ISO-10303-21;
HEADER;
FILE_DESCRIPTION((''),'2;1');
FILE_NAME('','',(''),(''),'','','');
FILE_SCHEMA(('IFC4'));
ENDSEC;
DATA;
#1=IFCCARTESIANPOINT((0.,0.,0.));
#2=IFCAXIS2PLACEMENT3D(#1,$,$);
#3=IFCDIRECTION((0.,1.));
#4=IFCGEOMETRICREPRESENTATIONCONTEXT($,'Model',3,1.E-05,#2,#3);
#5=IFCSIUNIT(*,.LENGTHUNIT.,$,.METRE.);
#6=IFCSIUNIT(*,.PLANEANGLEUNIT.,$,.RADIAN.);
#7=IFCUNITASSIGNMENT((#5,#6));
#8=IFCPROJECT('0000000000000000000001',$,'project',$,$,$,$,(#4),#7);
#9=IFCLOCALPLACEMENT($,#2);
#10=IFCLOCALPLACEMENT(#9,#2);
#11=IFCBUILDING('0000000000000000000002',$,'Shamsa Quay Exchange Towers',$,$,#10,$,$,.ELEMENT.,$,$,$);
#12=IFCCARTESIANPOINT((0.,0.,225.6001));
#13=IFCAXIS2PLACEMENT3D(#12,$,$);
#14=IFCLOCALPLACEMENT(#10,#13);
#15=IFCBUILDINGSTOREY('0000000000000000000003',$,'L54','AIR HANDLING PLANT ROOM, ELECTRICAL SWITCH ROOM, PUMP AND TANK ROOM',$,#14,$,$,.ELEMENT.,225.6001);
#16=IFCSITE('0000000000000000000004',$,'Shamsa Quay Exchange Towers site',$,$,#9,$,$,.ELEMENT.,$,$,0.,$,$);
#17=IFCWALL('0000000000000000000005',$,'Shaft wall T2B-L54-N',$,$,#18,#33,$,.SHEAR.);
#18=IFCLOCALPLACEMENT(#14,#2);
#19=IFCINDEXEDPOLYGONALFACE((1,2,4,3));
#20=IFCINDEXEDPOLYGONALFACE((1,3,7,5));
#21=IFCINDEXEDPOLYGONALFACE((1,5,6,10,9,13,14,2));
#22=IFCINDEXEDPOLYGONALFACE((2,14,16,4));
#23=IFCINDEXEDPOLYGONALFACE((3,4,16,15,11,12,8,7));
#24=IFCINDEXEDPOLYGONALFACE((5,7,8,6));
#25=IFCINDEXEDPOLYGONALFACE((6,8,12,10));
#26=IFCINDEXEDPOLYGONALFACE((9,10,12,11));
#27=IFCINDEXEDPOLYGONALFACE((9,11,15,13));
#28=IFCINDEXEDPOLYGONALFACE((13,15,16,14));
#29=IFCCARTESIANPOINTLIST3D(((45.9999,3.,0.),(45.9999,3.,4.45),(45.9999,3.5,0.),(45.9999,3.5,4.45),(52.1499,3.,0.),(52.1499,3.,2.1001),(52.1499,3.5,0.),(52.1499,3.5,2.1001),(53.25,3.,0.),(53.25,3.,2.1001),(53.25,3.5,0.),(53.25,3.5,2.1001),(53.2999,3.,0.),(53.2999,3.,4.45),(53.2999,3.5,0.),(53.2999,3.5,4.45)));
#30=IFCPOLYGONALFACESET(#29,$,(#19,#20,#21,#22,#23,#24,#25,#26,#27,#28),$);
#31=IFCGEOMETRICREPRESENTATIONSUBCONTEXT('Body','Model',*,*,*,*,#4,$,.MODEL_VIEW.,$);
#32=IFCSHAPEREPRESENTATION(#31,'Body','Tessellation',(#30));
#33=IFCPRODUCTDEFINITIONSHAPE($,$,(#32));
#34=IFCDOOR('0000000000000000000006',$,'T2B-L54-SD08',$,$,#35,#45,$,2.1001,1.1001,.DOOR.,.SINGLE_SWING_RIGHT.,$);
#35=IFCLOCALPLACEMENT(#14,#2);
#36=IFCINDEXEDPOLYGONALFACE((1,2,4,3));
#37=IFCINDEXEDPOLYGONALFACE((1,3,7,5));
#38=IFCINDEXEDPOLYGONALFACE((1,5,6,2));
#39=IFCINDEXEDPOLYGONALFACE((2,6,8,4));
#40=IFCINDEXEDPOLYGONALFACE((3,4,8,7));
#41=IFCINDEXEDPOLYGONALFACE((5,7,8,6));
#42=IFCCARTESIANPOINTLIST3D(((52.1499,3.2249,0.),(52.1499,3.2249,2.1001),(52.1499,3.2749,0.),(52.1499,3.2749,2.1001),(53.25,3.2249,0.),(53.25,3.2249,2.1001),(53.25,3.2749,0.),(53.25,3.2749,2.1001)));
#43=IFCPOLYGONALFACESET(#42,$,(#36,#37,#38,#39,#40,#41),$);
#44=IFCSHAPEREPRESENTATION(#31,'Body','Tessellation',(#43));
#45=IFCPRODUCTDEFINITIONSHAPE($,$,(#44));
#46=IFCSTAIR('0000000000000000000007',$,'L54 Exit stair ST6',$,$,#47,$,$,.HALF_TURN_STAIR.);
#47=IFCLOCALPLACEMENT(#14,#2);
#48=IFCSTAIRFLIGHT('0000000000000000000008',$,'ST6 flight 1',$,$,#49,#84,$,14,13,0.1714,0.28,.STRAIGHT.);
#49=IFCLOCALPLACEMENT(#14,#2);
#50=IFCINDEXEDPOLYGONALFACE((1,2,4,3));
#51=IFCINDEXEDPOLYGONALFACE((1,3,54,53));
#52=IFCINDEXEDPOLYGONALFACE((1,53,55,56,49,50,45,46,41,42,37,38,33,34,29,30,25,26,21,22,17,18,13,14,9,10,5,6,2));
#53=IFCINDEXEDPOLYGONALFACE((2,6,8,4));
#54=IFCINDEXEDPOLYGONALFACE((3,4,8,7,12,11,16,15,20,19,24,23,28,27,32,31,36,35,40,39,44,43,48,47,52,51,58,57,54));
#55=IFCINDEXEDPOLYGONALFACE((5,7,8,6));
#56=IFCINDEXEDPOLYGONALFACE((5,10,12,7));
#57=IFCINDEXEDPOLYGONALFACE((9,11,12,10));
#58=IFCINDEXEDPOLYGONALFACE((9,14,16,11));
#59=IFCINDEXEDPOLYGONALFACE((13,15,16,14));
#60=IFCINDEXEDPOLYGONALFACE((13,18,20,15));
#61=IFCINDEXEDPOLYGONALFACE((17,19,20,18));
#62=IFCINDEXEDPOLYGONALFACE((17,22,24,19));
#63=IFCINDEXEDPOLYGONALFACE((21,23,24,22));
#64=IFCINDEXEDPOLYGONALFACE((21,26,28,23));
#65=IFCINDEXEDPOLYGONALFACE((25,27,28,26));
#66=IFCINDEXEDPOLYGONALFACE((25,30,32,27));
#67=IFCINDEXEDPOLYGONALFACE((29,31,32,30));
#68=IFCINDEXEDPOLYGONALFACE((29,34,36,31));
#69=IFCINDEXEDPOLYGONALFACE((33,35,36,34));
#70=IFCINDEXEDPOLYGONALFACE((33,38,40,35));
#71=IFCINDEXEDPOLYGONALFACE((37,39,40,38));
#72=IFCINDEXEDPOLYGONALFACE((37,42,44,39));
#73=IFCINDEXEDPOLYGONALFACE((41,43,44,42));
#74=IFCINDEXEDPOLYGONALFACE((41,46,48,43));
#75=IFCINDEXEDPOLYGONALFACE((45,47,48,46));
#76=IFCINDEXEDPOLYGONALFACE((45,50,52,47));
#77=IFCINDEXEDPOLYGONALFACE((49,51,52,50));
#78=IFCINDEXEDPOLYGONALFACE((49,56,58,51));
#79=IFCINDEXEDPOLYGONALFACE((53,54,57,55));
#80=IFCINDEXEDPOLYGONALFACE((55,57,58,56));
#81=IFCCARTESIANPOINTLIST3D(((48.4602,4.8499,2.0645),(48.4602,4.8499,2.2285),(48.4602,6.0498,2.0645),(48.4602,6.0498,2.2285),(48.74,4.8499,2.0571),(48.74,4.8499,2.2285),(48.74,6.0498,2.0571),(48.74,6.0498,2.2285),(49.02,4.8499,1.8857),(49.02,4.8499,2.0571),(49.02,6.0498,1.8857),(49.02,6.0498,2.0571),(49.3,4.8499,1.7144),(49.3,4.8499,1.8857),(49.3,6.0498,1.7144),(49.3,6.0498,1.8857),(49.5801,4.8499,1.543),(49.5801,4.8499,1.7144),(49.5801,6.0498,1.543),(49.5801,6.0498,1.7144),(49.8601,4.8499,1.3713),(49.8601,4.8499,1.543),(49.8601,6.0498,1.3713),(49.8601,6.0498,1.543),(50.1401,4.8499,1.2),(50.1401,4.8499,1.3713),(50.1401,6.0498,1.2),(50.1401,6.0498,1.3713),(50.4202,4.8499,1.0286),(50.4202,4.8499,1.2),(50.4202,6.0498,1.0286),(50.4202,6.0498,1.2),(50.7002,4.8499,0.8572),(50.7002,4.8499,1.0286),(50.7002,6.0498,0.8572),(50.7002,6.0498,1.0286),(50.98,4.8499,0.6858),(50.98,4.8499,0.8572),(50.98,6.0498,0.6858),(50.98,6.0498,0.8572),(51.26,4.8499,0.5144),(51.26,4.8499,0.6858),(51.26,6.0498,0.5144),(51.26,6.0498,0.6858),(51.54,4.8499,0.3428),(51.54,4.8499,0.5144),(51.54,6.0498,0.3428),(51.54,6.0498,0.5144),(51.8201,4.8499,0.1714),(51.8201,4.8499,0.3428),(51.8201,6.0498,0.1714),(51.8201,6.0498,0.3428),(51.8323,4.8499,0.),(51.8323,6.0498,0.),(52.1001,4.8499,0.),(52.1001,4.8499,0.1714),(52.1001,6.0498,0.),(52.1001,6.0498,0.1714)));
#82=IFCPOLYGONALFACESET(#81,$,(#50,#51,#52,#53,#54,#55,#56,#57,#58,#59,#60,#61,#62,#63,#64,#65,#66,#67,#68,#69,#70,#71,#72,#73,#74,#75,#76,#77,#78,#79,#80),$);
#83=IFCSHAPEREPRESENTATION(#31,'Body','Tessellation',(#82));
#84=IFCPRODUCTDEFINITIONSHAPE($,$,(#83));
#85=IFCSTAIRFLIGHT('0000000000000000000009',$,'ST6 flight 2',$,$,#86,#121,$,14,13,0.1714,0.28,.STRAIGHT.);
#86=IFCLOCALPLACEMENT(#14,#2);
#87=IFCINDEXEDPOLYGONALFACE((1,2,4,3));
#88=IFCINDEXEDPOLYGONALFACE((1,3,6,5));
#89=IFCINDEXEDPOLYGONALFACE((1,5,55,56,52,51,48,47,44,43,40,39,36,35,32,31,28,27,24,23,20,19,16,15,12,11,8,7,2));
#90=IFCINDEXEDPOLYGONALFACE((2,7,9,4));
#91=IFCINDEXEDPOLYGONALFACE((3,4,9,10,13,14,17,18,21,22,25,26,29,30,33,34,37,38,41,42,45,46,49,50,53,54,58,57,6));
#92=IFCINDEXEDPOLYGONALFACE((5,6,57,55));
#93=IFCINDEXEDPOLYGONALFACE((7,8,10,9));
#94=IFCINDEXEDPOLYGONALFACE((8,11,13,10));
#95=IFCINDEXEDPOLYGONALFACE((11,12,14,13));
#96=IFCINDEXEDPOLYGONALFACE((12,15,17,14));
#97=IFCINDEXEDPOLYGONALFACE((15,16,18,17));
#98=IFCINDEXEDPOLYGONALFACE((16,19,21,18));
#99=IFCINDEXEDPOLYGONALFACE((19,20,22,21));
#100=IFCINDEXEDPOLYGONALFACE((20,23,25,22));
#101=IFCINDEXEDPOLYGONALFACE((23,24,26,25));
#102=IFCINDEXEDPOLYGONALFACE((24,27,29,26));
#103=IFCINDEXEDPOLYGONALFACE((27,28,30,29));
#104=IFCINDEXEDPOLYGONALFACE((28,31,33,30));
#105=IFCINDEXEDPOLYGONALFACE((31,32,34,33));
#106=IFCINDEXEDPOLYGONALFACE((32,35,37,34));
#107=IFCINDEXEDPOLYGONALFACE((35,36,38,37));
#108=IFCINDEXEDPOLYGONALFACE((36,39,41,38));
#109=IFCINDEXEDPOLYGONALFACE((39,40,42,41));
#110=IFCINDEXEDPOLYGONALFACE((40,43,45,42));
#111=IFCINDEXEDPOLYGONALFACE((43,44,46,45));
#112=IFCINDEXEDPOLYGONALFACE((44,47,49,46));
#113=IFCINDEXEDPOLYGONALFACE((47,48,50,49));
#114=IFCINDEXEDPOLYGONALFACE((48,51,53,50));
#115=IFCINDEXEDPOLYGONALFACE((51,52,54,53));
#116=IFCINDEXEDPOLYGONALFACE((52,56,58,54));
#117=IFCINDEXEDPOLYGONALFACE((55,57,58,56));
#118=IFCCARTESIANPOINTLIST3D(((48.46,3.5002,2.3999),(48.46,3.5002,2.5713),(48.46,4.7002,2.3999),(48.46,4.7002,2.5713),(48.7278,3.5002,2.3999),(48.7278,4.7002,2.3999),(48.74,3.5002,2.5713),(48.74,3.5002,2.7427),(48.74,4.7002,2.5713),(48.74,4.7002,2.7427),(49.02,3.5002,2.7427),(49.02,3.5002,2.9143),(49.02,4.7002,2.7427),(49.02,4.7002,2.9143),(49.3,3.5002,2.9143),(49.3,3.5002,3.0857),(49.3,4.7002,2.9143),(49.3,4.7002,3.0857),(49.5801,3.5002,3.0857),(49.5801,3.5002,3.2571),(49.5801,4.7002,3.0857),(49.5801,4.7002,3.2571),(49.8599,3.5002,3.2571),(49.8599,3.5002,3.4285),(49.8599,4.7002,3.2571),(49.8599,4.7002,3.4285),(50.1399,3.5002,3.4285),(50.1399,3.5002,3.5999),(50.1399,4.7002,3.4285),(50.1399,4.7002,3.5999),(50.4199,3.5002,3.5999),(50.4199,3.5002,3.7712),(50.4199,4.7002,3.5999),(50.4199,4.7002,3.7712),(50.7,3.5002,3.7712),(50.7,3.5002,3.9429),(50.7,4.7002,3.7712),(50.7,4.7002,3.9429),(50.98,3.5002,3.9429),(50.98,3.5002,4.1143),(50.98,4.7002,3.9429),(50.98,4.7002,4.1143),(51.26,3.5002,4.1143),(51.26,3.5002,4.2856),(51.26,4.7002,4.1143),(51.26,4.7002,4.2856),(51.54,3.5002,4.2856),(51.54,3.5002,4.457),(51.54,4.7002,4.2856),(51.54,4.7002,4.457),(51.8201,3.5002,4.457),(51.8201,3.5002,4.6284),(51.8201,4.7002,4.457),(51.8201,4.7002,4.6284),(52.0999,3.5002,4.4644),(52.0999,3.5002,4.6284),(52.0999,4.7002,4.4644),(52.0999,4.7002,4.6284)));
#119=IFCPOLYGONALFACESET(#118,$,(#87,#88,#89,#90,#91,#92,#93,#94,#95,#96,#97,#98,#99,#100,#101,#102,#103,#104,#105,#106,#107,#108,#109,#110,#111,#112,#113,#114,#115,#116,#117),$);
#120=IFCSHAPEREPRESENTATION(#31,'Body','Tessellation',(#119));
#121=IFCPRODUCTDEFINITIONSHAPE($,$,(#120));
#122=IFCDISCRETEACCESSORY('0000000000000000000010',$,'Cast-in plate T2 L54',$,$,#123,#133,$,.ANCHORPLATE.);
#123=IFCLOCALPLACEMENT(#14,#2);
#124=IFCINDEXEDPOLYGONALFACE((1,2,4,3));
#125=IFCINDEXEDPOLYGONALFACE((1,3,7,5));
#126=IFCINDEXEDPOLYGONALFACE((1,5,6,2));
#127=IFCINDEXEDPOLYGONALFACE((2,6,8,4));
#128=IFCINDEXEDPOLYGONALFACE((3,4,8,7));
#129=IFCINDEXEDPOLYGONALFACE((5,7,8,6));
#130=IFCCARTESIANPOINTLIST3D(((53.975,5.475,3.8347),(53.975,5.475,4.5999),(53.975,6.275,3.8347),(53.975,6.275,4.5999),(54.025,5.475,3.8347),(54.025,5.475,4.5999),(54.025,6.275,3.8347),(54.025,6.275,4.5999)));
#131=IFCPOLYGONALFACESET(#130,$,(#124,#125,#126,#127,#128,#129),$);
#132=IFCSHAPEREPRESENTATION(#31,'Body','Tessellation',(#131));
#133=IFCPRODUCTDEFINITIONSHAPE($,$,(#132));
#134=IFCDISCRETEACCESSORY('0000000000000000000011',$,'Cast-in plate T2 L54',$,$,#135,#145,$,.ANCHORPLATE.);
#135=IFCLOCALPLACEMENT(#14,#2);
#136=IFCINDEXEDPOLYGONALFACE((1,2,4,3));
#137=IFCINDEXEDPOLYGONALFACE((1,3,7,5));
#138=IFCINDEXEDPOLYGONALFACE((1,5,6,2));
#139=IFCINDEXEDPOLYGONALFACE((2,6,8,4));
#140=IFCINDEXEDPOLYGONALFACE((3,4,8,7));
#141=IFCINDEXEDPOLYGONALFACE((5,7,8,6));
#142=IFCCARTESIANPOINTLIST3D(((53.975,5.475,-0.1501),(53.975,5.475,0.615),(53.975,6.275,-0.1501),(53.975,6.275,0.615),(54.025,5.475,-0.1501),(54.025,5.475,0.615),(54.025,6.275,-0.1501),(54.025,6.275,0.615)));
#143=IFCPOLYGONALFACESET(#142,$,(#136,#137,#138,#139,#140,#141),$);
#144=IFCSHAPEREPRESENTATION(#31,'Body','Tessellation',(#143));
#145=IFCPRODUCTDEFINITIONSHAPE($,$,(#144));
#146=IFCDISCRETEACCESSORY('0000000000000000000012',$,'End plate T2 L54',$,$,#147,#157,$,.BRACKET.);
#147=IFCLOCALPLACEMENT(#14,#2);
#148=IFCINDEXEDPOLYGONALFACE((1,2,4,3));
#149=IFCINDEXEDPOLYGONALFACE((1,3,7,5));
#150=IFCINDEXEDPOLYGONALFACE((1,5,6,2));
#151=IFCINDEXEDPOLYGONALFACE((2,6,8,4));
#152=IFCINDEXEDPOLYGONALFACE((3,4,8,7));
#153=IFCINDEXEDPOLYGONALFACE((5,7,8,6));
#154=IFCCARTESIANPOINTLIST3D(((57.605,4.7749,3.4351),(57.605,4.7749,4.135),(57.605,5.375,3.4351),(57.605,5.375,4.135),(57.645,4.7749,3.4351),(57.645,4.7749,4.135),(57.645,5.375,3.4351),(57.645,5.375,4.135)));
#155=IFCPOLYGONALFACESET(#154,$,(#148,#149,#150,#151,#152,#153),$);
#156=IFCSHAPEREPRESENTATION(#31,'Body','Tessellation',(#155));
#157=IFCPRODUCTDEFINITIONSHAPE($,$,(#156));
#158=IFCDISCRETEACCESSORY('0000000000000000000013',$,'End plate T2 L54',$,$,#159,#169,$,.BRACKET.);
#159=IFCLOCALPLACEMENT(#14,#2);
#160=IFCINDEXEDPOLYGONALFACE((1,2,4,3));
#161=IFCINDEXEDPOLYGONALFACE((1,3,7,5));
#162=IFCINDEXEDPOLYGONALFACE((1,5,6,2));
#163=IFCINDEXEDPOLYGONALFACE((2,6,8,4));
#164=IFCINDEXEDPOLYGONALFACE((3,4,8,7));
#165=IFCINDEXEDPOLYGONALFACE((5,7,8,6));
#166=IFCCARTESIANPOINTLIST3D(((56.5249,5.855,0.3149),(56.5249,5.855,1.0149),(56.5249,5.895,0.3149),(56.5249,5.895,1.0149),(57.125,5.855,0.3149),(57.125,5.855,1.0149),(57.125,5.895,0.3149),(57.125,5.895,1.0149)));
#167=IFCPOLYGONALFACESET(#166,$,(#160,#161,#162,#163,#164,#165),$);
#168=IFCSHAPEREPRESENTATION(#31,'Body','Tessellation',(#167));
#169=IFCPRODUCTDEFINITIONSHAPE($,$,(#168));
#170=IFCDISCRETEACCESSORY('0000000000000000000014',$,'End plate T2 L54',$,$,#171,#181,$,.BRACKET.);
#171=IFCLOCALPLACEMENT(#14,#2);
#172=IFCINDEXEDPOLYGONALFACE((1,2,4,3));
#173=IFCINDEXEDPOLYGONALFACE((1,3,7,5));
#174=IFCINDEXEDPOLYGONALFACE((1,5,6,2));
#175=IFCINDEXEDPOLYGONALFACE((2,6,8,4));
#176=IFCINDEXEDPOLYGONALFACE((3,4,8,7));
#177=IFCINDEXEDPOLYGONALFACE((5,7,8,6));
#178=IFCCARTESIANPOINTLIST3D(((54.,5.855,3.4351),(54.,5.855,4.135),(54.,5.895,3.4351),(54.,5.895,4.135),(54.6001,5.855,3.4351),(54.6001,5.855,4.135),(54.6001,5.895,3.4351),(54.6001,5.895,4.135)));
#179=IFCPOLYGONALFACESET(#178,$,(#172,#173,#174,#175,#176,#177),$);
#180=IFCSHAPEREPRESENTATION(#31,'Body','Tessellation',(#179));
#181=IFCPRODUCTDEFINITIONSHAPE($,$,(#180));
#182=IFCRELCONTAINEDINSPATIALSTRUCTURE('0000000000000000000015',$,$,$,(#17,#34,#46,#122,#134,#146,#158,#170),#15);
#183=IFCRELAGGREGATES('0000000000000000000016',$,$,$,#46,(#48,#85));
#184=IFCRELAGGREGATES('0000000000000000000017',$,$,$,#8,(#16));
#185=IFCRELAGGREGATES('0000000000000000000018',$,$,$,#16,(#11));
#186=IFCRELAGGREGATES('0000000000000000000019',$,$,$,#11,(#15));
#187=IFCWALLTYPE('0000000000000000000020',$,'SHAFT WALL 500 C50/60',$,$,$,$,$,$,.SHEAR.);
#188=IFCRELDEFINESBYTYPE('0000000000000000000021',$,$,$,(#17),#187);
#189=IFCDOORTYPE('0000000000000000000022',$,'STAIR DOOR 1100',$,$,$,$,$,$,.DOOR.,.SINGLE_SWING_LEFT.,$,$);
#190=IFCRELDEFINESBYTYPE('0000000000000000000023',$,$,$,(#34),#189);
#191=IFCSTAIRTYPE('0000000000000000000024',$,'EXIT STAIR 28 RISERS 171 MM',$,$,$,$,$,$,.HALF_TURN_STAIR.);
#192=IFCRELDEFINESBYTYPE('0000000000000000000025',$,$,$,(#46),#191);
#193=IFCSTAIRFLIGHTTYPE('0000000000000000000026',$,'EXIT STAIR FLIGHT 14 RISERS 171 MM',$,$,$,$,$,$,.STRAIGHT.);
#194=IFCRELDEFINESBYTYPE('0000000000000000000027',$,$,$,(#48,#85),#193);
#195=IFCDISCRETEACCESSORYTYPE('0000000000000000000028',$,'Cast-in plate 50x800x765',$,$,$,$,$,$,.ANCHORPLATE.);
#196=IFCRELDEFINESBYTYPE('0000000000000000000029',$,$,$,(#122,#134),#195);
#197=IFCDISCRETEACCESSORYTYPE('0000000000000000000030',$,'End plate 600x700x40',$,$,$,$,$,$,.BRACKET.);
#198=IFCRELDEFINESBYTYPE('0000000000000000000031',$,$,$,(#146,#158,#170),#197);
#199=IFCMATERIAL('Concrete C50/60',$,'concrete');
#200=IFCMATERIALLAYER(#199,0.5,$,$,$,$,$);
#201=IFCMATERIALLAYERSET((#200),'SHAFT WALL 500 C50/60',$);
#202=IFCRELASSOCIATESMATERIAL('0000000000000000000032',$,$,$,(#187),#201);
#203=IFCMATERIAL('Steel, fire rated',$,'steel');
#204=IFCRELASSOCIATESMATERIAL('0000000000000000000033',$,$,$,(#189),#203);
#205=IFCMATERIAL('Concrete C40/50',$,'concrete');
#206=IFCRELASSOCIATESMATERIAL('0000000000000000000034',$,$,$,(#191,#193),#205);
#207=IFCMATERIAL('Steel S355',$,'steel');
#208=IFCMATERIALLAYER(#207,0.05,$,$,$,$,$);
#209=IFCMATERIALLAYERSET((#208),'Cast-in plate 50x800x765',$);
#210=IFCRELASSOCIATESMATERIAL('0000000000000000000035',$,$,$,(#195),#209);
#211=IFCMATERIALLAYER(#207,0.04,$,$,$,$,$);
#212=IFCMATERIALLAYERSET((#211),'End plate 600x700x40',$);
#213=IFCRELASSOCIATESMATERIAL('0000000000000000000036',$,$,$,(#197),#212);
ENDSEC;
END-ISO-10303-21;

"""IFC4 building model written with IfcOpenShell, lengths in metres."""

from ifc_helpers import new_model, si_unit, direction, frame, frame_2d, origin, origin_2d, place, context, subcontext, project, spatial, polyline, rectangle, outline, extrude, material, layer, layer_set, type_object, element, fill, aggregate, save


model = new_model("IFC4")

# Units and contexts
model_context = context("Model", 3, precision=1e-05, world=origin(), true_north=direction((0.0, 1.0)))
body_context = subcontext(model_context, "Body", "Model", "MODEL_VIEW")
ifc_project = project(units=[si_unit("LENGTHUNIT", "METRE"), si_unit("PLANEANGLEUNIT", "RADIAN")], contexts=[model_context])

# Site, building, storey
site_placement = place(None, origin())
site = spatial("IfcSite", under=ifc_project, at=site_placement, Name="Shamsa Quay Exchange Towers site", CompositionType="ELEMENT", RefElevation=0.0)
building_placement = place(site_placement, origin())
building = spatial("IfcBuilding", under=site, at=building_placement, Name="Shamsa Quay Exchange Towers", CompositionType="ELEMENT")
storey_placement = place(building_placement, frame((0.0, 0.0, 225.6001)))
storey = spatial("IfcBuildingStorey", under=building, at=storey_placement, Name="L54", Description="AIR HANDLING PLANT ROOM, ELECTRICAL SWITCH ROOM, PUMP AND TANK ROOM", CompositionType="ELEMENT", Elevation=225.6001)

# Shared definitions
ifc_material_1 = material(Name="Steel S355", Category="steel")

# Shared definitions
ifc_material_2 = material(Name="Concrete C50/60", Category="concrete")

# Wall, opening, door
ifc_layer_1 = layer(ifc_material_2, 0.5)
ifc_layer_set_1 = layer_set([ifc_layer_1], Name="SHAFT WALL 500 C50/60")
wall_type_1 = type_object("IfcWallType", Name="SHAFT WALL 500 C50/60", PredefinedType="SHEAR", material=ifc_layer_set_1)
wall_1_placement = place(storey_placement, frame((46.0, 3.25, 0.0)))
wall_1 = element("IfcWall", 1, at=wall_1_placement, inside=storey, type_object=wall_type_1, Name="Shaft wall T2B-L54-N", PredefinedType="SHEAR", context=body_context, shape_type="SweptSolid", body=[
    extrude(rectangle(XDim=7.3, YDim=0.5, at=frame_2d((3.6499, 0.0))), origin(), (0.0, 0.0, 1.0), 4.45),
])
opening_placement = place(wall_1_placement, frame((6.1499, 0.0, 0.0)))
opening = element("IfcOpeningElement", 2, at=opening_placement, cuts=wall_1, PredefinedType="OPENING", context=body_context, shape_type="SweptSolid", body=[
    extrude(rectangle(XDim=1.1001, YDim=2.1001, at=frame_2d((0.55, 1.05))), frame((0.0, 0.26, 0.0), z_axis=(0.0, -1.0, 0.0), x_axis=(1.0, 0.0, 0.0)), (0.0, 0.0, 1.0), 0.52),
])
ifc_material_3 = material(Name="Steel, fire rated", Category="steel")
door_type = type_object("IfcDoorType", Name="STAIR DOOR 1100", OperationType="SINGLE_SWING_LEFT", PredefinedType="DOOR", material=ifc_material_3)
door_placement = place(opening_placement, origin())
door = element("IfcDoor", 3, at=door_placement, inside=storey, type_object=door_type, Name="T2B-L54-SD08", OperationType="SINGLE_SWING_RIGHT", OverallHeight=2.1001, OverallWidth=1.1001, PredefinedType="DOOR", context=body_context, shape_type="SweptSolid", body=[
    extrude(rectangle(XDim=1.1001, YDim=2.1001, at=frame_2d((0.55, 1.05))), frame((0.0, 0.0249, 0.0), z_axis=(0.0, -1.0, 0.0), x_axis=(1.0, 0.0, 0.0)), (0.0, 0.0, 1.0), 0.05),
])
fill(opening, door)

# Stair, stair flights
ifc_material_4 = material(Name="Concrete C40/50", Category="concrete")
stair_type = type_object("IfcStairType", Name="EXIT STAIR 28 RISERS 171 MM", PredefinedType="HALF_TURN_STAIR", material=ifc_material_4)
stair_placement = place(storey_placement, origin())
stair = element("IfcStair", 4, at=stair_placement, inside=storey, type_object=stair_type, Name="L54 Exit stair ST6", PredefinedType="HALF_TURN_STAIR")
stair_flight_type = type_object("IfcStairFlightType", Name="EXIT STAIR FLIGHT 14 RISERS 171 MM", PredefinedType="STRAIGHT", material=ifc_material_4)
stair_flight_1_placement = place(storey_placement, frame((52.1001, 5.45, 0.0), z_axis=(0.0, 0.0, 1.0), x_axis=(-1.0, 0.0, 0.0)))
stair_flight_1 = element("IfcStairFlight", 5, at=stair_flight_1_placement, type_object=stair_flight_type, Name="ST6 flight 1", NumberOfRisers=14, NumberOfTreads=13, PredefinedType="STRAIGHT", RiserHeight=0.1714, TreadLength=0.28, context=body_context, shape_type="SweptSolid", body=[
    extrude(outline(polyline([(0.0, 0.0), (0.0, 0.1714), (0.28, 0.1714), (0.28, 0.3428), (0.5601, 0.3428), (0.5601, 0.5144), (0.8401, 0.5144), (0.8401, 0.6858), (1.1201, 0.6858), (1.1201, 0.8572), (1.3999, 0.8572), (1.3999, 1.0286), (1.6799, 1.0286), (1.6799, 1.2), (1.96, 1.2), (1.96, 1.3713), (2.24, 1.3713), (2.24, 1.543), (2.52, 1.543), (2.52, 1.7144), (2.8, 1.7144), (2.8, 1.8857), (3.0801, 1.8857), (3.0801, 2.0571), (3.3601, 2.0571), (3.3601, 2.2285), (3.6399, 2.2285), (3.6399, 2.3999), (3.6399, 2.0645), (0.2678, 0.0), (0.0, 0.0)])), frame((0.0, 0.6001, 0.0), z_axis=(0.0, -1.0, 0.0), x_axis=(1.0, 0.0, 0.0)), (0.0, 0.0, 1.0), 1.2),
])
stair_flight_2_placement = place(storey_placement, frame((48.46, 4.1001, 2.3999)))
stair_flight_2 = element("IfcStairFlight", 6, at=stair_flight_2_placement, type_object=stair_flight_type, Name="ST6 flight 2", NumberOfRisers=14, NumberOfTreads=13, PredefinedType="STRAIGHT", RiserHeight=0.1714, TreadLength=0.28, context=body_context, shape_type="SweptSolid", body=[
    extrude(outline(polyline([(0.0, 0.0), (0.0, 0.1714), (0.28, 0.1714), (0.28, 0.3428), (0.5601, 0.3428), (0.5601, 0.5144), (0.8401, 0.5144), (0.8401, 0.6858), (1.1201, 0.6858), (1.1201, 0.8572), (1.3999, 0.8572), (1.3999, 1.0286), (1.6799, 1.0286), (1.6799, 1.2), (1.96, 1.2), (1.96, 1.3713), (2.24, 1.3713), (2.24, 1.543), (2.52, 1.543), (2.52, 1.7144), (2.8, 1.7144), (2.8, 1.8857), (3.0801, 1.8857), (3.0801, 2.0571), (3.3601, 2.0571), (3.3601, 2.2285), (3.6399, 2.2285), (3.6399, 2.3999), (3.6399, 2.0645), (0.2678, 0.0), (0.0, 0.0)])), frame((0.0, 0.6001, 0.0), z_axis=(0.0, -1.0, 0.0), x_axis=(1.0, 0.0, 0.0)), (0.0, 0.0, 1.0), 1.2),
])
aggregate(stair, [stair_flight_1, stair_flight_2])

# Discrete accessories
ifc_layer_2 = layer(ifc_material_1, 0.05)
ifc_layer_set_2 = layer_set([ifc_layer_2], Name="Cast-in plate 50x800x765")
discrete_accessory_type_1 = type_object("IfcDiscreteAccessoryType", Name="Cast-in plate 50x800x765", PredefinedType="ANCHORPLATE", material=ifc_layer_set_2)
for number, where, z_axis, x_axis, name in (
    (7, (54.0, 5.875, 3.8347), (0.0, 0.0, 1.0), (-1.0, 0.0, 0.0), "Cast-in plate T2 L54"),
    (8, (54.0, 5.875, -0.1501), (0.0, 0.0, 1.0), (-1.0, 0.0, 0.0), "Cast-in plate T2 L54"),
):
    element("IfcDiscreteAccessory", number, at=place(storey_placement, frame(where, z_axis=z_axis, x_axis=x_axis)), inside=storey, type_object=discrete_accessory_type_1, Name=name, PredefinedType="ANCHORPLATE", context=body_context, shape_type="SweptSolid", body=[
        extrude(rectangle(XDim=0.05, YDim=0.8, at=origin_2d()), origin(), (0.0, 0.0, 1.0), 0.7651),
    ])
ifc_layer_3 = layer(ifc_material_1, 0.04)
ifc_layer_set_3 = layer_set([ifc_layer_3], Name="End plate 600x700x40")
discrete_accessory_type_2 = type_object("IfcDiscreteAccessoryType", Name="End plate 600x700x40", PredefinedType="BRACKET", material=ifc_layer_set_3)
for number, where, z_axis, x_axis, name in (
    (9, (57.625, 5.075, 3.4351), (0.0, 0.0, 1.0), (0.0, 1.0, 0.0), "End plate T2 L54"),
    (10, (56.825, 5.875, 0.3149), (0.0, 0.0, 1.0), (-1.0, 0.0, 0.0), "End plate T2 L54"),
    (11, (54.3, 5.875, 3.4351), (0.0, 0.0, 1.0), (-1.0, 0.0, 0.0), "End plate T2 L54"),
):
    element("IfcDiscreteAccessory", number, at=place(storey_placement, frame(where, z_axis=z_axis, x_axis=x_axis)), inside=storey, type_object=discrete_accessory_type_2, Name=name, PredefinedType="BRACKET", context=body_context, shape_type="SweptSolid", body=[
        extrude(rectangle(XDim=0.6001, YDim=0.04, at=origin_2d()), origin(), (0.0, 0.0, 1.0), 0.7),
    ])

save(model, "model.ifc")
